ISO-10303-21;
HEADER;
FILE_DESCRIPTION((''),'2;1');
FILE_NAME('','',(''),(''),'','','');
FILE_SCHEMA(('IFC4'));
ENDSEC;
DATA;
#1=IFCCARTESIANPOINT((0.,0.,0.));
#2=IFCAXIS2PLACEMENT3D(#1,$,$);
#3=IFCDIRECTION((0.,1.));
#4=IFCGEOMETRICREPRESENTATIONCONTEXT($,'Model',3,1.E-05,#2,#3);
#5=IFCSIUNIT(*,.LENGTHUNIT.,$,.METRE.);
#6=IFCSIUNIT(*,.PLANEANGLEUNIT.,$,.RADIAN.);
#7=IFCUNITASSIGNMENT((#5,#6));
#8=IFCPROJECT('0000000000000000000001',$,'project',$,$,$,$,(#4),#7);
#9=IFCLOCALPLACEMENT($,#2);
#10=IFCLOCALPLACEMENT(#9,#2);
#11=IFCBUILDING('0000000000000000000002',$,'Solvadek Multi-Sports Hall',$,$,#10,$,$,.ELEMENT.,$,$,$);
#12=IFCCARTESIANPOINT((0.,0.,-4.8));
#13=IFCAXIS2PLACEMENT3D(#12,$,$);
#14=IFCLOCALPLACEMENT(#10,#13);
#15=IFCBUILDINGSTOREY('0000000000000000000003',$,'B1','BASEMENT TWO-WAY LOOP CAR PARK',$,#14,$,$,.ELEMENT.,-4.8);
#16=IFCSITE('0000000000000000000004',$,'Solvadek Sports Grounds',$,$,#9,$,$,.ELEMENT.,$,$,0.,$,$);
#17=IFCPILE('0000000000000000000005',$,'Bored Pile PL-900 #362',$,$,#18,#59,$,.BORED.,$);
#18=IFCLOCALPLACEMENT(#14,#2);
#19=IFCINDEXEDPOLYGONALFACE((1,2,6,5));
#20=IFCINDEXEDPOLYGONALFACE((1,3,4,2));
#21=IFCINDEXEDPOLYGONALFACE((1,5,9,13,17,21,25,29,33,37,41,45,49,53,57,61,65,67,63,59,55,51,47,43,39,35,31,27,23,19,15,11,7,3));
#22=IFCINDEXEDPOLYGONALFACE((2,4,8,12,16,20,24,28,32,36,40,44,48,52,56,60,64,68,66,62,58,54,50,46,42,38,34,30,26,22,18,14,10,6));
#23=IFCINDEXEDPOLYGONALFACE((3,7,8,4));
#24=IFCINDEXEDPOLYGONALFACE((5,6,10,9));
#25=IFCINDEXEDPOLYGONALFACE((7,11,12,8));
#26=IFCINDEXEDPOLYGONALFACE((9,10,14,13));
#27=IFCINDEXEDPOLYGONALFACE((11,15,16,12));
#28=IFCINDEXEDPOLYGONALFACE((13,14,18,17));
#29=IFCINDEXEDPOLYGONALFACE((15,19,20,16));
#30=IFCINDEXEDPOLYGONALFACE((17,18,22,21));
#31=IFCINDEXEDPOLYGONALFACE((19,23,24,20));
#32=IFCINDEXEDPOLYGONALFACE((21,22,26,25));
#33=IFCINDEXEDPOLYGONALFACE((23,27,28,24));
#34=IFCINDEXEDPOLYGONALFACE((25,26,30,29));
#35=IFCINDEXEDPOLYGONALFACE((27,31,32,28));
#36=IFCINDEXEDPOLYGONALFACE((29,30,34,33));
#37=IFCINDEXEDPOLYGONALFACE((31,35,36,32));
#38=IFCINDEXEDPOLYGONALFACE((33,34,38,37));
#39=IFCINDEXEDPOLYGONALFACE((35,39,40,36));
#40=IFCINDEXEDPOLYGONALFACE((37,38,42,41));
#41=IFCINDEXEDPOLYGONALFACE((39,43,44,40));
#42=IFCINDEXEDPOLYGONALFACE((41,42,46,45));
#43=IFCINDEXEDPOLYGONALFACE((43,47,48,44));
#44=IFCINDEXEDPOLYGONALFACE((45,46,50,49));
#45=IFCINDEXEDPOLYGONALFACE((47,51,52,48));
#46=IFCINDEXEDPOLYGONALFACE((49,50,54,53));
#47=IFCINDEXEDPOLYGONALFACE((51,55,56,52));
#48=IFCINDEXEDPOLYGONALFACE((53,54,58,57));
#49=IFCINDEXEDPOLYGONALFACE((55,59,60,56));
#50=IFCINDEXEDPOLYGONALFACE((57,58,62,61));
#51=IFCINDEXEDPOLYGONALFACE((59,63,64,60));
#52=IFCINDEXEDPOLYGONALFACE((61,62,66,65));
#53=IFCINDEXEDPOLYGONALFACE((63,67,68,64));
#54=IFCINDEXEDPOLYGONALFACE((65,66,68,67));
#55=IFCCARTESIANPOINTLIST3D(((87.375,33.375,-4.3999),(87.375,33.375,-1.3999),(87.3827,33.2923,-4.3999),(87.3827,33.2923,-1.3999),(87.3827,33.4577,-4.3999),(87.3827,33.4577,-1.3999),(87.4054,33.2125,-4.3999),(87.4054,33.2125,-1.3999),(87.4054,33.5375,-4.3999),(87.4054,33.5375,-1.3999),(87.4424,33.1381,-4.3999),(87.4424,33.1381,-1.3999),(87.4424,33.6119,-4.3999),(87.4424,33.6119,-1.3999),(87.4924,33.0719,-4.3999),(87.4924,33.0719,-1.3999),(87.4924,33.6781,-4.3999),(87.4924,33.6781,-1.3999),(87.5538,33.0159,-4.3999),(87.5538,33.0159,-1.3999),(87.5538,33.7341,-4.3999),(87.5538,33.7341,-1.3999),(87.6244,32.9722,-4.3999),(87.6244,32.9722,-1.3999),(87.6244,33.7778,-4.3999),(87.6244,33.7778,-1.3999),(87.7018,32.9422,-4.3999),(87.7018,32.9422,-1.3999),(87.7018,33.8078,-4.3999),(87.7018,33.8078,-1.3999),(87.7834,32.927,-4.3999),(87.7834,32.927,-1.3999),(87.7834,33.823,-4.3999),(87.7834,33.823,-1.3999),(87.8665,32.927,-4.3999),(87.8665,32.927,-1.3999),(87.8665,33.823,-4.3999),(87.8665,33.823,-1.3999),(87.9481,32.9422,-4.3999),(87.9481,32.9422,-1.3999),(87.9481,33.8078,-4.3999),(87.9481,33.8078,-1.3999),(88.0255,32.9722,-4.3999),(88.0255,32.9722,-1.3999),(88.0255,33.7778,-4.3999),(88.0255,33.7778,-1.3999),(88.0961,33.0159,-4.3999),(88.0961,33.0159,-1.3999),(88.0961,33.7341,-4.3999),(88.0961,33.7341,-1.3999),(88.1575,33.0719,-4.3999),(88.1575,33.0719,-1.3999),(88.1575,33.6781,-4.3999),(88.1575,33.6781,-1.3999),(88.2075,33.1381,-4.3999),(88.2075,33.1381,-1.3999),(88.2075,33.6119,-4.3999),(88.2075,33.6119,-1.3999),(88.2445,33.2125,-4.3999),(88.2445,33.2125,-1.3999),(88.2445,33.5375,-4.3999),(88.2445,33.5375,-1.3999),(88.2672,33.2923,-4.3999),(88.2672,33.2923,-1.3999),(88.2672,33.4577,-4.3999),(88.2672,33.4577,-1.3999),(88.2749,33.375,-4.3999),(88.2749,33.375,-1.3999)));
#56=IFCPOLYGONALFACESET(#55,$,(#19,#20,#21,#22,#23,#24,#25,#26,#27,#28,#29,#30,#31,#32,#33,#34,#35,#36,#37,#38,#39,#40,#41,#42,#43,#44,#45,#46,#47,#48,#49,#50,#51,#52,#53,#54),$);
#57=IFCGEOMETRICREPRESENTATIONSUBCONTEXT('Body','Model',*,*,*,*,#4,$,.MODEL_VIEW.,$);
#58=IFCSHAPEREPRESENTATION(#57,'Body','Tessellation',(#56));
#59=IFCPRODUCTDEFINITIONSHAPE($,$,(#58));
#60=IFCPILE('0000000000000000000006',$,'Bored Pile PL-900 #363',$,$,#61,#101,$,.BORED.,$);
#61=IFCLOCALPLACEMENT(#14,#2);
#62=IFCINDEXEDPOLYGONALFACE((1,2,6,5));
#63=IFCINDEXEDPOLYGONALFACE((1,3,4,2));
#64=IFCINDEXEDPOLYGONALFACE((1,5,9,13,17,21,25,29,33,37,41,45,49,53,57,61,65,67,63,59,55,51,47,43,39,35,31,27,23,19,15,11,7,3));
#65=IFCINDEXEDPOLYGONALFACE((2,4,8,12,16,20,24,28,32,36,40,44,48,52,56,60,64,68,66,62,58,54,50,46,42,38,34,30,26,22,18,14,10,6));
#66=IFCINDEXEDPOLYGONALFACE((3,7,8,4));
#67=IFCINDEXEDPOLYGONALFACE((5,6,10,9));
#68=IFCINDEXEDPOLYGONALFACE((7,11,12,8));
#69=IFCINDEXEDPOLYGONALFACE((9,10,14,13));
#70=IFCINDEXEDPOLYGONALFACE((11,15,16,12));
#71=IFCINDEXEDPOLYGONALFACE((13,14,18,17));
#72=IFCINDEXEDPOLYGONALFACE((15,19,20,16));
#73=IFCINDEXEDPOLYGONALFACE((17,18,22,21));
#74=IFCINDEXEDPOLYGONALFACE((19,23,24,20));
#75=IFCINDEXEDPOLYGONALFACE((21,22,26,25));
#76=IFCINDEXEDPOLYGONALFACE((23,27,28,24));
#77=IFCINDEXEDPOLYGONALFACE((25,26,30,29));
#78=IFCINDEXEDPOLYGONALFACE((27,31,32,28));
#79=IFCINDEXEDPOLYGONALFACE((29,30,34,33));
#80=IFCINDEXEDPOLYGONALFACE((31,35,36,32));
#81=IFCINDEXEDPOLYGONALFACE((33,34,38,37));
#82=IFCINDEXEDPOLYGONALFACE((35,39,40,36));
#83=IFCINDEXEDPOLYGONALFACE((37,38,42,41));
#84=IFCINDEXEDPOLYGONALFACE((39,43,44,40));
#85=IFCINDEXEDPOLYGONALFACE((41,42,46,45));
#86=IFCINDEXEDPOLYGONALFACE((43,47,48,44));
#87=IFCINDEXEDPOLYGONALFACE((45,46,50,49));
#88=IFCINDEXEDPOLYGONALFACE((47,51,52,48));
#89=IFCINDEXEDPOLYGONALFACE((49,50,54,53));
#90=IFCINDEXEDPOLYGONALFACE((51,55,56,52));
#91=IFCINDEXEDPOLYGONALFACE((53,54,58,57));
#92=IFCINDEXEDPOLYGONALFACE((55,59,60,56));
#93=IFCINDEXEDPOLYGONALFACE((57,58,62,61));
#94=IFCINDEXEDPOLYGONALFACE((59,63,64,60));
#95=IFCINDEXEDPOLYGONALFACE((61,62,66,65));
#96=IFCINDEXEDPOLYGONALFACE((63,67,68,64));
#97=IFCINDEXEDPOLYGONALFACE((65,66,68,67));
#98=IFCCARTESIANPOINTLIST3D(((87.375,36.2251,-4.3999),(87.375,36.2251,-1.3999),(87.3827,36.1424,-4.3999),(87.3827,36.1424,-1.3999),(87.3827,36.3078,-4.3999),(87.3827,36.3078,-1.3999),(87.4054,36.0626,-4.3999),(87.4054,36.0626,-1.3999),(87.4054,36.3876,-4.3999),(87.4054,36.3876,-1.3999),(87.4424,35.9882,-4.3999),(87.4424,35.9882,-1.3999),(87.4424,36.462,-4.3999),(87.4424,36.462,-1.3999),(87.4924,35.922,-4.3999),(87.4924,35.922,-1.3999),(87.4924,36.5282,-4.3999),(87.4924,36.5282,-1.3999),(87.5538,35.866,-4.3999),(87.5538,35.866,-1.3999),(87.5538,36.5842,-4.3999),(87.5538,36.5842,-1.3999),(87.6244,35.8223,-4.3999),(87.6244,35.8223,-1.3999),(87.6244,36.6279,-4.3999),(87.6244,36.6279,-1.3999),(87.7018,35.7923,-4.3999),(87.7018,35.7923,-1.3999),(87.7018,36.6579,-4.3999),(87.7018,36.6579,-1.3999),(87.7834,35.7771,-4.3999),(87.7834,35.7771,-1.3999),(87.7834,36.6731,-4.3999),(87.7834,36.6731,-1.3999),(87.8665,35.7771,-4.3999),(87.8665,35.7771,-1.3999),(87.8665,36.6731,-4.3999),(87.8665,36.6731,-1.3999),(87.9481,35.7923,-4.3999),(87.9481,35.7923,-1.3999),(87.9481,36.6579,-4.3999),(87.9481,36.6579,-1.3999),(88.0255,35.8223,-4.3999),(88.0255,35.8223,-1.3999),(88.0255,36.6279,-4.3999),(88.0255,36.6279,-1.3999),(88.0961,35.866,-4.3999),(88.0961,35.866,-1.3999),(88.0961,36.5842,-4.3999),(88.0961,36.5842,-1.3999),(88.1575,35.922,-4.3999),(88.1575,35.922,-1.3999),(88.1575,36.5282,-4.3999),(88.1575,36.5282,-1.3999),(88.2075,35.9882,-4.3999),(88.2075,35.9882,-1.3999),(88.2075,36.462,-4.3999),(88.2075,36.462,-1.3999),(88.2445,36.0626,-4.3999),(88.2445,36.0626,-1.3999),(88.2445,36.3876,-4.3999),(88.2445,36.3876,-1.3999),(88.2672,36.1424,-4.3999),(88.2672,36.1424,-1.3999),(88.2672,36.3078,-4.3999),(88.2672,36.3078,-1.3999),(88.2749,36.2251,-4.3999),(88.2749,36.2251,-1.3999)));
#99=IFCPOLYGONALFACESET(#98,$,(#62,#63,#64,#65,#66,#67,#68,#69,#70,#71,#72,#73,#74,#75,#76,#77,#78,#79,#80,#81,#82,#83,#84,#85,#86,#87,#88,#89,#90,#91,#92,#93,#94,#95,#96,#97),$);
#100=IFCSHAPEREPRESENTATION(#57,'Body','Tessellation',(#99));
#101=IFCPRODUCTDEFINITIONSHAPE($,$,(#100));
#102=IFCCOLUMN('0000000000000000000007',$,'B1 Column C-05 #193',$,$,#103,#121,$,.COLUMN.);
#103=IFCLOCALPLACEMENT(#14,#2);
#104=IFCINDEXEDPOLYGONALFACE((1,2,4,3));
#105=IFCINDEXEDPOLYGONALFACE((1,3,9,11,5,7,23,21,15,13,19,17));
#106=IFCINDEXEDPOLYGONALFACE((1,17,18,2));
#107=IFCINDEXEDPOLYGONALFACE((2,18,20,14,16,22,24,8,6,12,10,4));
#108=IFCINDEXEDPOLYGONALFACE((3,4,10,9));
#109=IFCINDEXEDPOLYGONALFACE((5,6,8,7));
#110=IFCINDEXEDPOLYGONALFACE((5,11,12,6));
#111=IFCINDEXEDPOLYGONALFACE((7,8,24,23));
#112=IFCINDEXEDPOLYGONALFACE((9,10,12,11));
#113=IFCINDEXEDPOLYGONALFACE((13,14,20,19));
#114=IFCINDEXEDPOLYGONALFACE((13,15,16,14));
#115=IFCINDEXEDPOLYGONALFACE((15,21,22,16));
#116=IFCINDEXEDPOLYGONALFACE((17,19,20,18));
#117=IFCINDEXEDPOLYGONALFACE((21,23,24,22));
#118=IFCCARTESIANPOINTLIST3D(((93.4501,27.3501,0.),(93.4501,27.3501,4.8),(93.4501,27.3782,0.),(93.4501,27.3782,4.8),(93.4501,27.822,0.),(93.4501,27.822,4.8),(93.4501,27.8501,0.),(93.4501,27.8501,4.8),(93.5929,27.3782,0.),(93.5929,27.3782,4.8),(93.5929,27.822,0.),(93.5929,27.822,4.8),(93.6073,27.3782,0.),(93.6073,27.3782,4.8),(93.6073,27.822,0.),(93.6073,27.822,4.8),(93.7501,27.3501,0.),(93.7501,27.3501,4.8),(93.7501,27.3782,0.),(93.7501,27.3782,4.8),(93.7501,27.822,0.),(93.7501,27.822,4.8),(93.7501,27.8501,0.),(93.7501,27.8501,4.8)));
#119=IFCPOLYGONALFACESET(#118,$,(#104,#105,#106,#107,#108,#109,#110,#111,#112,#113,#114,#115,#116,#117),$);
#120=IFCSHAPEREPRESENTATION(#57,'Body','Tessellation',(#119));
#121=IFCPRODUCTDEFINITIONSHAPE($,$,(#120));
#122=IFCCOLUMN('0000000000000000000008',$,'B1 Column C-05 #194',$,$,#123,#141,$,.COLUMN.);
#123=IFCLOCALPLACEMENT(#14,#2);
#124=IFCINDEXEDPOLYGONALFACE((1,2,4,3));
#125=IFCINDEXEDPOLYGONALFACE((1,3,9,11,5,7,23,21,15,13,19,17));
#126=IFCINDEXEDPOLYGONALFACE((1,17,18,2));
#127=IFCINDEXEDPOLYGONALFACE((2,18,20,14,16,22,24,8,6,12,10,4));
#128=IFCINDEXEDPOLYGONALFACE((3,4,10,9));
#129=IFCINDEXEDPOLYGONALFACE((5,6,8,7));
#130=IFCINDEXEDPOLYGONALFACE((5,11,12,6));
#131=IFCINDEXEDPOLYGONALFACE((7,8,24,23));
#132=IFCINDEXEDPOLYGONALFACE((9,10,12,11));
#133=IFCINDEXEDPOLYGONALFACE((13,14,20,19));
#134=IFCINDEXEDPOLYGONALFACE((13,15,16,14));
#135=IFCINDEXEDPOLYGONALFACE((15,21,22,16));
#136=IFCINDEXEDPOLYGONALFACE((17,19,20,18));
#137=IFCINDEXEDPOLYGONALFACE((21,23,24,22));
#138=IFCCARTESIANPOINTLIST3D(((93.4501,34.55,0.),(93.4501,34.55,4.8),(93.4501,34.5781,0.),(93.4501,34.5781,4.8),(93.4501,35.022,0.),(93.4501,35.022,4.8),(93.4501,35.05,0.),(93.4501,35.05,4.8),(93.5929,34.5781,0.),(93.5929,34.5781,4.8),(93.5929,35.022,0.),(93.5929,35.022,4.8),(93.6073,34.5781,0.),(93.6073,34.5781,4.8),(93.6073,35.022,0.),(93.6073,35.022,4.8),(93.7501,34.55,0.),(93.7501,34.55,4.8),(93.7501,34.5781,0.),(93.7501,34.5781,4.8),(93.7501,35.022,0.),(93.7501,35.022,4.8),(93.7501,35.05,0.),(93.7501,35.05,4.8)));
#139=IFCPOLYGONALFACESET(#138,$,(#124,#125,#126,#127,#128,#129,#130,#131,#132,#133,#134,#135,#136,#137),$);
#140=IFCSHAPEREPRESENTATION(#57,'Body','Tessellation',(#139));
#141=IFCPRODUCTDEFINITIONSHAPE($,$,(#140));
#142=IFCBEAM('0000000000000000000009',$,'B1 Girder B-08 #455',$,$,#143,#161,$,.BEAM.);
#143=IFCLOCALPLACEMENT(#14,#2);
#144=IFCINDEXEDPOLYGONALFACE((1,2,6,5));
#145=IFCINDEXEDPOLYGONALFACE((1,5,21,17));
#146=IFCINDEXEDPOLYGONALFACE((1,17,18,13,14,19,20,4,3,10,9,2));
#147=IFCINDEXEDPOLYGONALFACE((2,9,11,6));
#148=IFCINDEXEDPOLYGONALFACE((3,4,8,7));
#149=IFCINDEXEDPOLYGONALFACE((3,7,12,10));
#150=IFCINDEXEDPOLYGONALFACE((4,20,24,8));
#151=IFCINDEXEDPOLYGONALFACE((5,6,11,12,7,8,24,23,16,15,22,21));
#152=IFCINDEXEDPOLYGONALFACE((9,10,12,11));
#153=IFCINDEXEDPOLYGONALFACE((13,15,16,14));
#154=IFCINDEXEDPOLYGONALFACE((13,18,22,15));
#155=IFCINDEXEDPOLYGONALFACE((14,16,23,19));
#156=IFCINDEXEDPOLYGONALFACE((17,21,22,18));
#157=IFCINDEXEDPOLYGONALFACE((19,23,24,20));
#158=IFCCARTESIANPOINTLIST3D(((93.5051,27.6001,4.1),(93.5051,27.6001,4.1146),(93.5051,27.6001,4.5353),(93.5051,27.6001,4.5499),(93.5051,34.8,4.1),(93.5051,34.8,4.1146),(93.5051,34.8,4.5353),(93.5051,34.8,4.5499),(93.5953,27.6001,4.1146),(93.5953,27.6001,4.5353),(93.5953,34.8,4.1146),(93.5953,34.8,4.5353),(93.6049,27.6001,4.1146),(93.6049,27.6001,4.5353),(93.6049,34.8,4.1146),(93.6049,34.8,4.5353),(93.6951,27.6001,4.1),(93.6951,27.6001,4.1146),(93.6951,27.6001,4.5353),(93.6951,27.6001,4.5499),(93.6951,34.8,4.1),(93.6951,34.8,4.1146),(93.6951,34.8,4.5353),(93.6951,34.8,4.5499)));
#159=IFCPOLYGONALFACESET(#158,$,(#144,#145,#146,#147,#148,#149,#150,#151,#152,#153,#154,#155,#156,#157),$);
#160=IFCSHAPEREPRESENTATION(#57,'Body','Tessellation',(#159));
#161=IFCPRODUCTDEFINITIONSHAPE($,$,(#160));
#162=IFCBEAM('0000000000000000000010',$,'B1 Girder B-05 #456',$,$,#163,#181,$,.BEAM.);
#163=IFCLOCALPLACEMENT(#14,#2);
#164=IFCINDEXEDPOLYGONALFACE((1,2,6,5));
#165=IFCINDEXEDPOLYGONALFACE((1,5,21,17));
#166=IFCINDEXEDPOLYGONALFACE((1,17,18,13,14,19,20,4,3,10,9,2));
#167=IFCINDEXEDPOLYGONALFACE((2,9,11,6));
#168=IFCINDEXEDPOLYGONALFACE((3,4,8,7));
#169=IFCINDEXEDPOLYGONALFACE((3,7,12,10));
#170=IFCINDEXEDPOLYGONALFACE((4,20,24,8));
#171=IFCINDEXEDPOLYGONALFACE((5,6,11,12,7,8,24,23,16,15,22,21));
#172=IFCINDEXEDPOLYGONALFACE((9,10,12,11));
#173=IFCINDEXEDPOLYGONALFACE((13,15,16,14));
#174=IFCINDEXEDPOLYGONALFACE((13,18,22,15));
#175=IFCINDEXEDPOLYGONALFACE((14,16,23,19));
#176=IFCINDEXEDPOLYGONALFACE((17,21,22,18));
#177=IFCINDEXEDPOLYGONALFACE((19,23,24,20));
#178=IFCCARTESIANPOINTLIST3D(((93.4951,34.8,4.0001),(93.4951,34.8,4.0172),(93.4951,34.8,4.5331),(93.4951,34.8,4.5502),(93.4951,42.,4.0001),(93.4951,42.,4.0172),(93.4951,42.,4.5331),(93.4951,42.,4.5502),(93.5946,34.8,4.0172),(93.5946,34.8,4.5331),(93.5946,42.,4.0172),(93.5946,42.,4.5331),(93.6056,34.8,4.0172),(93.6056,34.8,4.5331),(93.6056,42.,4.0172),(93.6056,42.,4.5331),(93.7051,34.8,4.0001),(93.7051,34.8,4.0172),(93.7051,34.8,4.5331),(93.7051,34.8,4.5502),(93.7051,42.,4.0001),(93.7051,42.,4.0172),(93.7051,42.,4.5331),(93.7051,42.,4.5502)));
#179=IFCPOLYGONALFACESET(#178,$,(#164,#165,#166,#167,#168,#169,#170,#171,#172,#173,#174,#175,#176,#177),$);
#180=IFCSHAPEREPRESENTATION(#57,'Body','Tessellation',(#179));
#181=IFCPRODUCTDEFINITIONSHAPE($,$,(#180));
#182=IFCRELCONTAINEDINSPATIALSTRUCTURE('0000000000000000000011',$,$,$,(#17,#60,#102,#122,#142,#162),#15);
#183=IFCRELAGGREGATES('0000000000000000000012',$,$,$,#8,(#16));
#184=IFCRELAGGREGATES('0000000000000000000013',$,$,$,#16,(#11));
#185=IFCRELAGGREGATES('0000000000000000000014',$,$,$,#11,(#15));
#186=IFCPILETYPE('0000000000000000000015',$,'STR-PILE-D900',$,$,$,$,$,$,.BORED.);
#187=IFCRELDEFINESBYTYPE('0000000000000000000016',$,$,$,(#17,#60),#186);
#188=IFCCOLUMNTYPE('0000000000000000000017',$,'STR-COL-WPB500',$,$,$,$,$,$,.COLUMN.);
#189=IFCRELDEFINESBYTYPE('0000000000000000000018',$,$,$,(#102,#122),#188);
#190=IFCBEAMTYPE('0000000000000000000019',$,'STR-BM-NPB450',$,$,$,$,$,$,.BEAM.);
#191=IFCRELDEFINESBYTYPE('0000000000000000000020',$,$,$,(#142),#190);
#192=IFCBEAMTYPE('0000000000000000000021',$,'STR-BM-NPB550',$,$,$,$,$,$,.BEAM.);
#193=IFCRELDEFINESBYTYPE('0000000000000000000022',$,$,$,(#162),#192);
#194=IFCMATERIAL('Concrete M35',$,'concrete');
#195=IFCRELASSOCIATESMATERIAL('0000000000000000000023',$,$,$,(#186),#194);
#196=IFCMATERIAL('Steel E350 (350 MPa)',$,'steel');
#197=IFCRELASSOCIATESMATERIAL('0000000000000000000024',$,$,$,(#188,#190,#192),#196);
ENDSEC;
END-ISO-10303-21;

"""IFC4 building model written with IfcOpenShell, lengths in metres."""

from ifc_helpers import new_model, si_unit, direction, frame, origin, origin_2d, place, context, subcontext, project, spatial, circle, i_section, extrude, material, material_profile, profile_set, type_object, element, save


model = new_model("IFC4")

# Units and contexts
model_context = context("Model", 3, precision=1e-05, world=origin(), true_north=direction((0.0, 1.0)))
body_context = subcontext(model_context, "Body", "Model", "MODEL_VIEW")
ifc_project = project(units=[si_unit("LENGTHUNIT", "METRE"), si_unit("PLANEANGLEUNIT", "RADIAN")], contexts=[model_context])

# Site, building, storey
site_placement = place(None, origin())
site = spatial("IfcSite", under=ifc_project, at=site_placement, Name="Solvadek Sports Grounds", CompositionType="ELEMENT", RefElevation=0.0)
building_placement = place(site_placement, origin())
building = spatial("IfcBuilding", under=site, at=building_placement, Name="Solvadek Multi-Sports Hall", CompositionType="ELEMENT")
storey_placement = place(building_placement, frame((0.0, 0.0, -4.8)))
storey = spatial("IfcBuildingStorey", under=building, at=storey_placement, Name="B1", Description="BASEMENT TWO-WAY LOOP CAR PARK", CompositionType="ELEMENT", Elevation=-4.8)

# Piles
ifc_material_1 = material(Name="Concrete M35", Category="concrete")
ifc_material_profile_1 = material_profile(ifc_material_1, circle(Radius=0.45, at=origin_2d()), Name="BORED PILE D900")
ifc_profile_set_1 = profile_set([ifc_material_profile_1], Name="Concrete M35")
pile_type_1 = type_object("IfcPileType", Name="STR-PILE-D900", PredefinedType="BORED", material=ifc_profile_set_1)
for number, where, z_axis, x_axis, name in (
    (1, (87.825, 33.375, -1.3999), (0.0, 0.0, -1.0), (1.0, 0.0, 0.0), "Bored Pile PL-900 #362"),
    (2, (87.825, 36.2251, -1.3999), (0.0, 0.0, -1.0), (1.0, 0.0, 0.0), "Bored Pile PL-900 #363"),
):
    element("IfcPile", number, at=place(storey_placement, frame(where, z_axis=z_axis, x_axis=x_axis)), inside=storey, type_object=pile_type_1, Name=name, PredefinedType="BORED", context=body_context, shape_type="SweptSolid", body=[
        extrude(circle(Radius=0.45, at=origin_2d()), origin(), (0.0, 0.0, 1.0), 3.0),
    ])

# Columns
ifc_material_2 = material(Name="Steel E350 (350 MPa)", Category="steel")
ifc_material_profile_2 = material_profile(ifc_material_2, i_section(OverallWidth=0.3, OverallDepth=0.5, WebThickness=0.0144, FlangeThickness=0.0281, at=origin_2d()), Name="WPB 500")
ifc_profile_set_2 = profile_set([ifc_material_profile_2], Name="Steel E350 (350 MPa)")
column_type = type_object("IfcColumnType", Name="STR-COL-WPB500", PredefinedType="COLUMN", material=ifc_profile_set_2)
for number, where, z_axis, x_axis, name in (
    (3, (93.6001, 27.6001, 0.0), (0.0, 0.0, 1.0), (1.0, 0.0, 0.0), "B1 Column C-05 #193"),
    (4, (93.6001, 34.8, 0.0), (0.0, 0.0, 1.0), (1.0, 0.0, 0.0), "B1 Column C-05 #194"),
):
    element("IfcColumn", number, at=place(storey_placement, frame(where, z_axis=z_axis, x_axis=x_axis)), inside=storey, type_object=column_type, Name=name, PredefinedType="COLUMN", context=body_context, shape_type="SweptSolid", body=[
        extrude(i_section(OverallWidth=0.3, OverallDepth=0.5, WebThickness=0.0144, FlangeThickness=0.0281, at=origin_2d()), origin(), (0.0, 0.0, 1.0), 4.8),
    ])

# Beams
ifc_material_profile_3 = material_profile(ifc_material_2, i_section(OverallWidth=0.1899, OverallDepth=0.45, WebThickness=0.0095, FlangeThickness=0.0146, at=origin_2d()), Name="NPB 450")
ifc_profile_set_3 = profile_set([ifc_material_profile_3], Name="Steel E350 (350 MPa)")
beam_type_1 = type_object("IfcBeamType", Name="STR-BM-NPB450", PredefinedType="BEAM", material=ifc_profile_set_3)
beam_1_placement = place(storey_placement, frame((93.6001, 27.6001, 4.325), z_axis=(0.0, 1.0, 0.0), x_axis=(-1.0, 0.0, 0.0)))
element("IfcBeam", 5, at=beam_1_placement, inside=storey, type_object=beam_type_1, Name="B1 Girder B-08 #455", PredefinedType="BEAM", context=body_context, shape_type="SweptSolid", body=[
    extrude(i_section(OverallWidth=0.1899, OverallDepth=0.45, WebThickness=0.0095, FlangeThickness=0.0146, at=origin_2d()), origin(), (0.0, 0.0, 1.0), 7.2),
])
ifc_material_profile_4 = material_profile(ifc_material_2, i_section(OverallWidth=0.21, OverallDepth=0.55, WebThickness=0.011, FlangeThickness=0.0171, at=origin_2d()), Name="NPB 550")
ifc_profile_set_4 = profile_set([ifc_material_profile_4], Name="Steel E350 (350 MPa)")
beam_type_2 = type_object("IfcBeamType", Name="STR-BM-NPB550", PredefinedType="BEAM", material=ifc_profile_set_4)
beam_2_placement = place(storey_placement, frame((93.6001, 34.8, 4.2751), z_axis=(0.0, 1.0, 0.0), x_axis=(-1.0, 0.0, 0.0)))
element("IfcBeam", 6, at=beam_2_placement, inside=storey, type_object=beam_type_2, Name="B1 Girder B-05 #456", PredefinedType="BEAM", context=body_context, shape_type="SweptSolid", body=[
    extrude(i_section(OverallWidth=0.21, OverallDepth=0.55, WebThickness=0.011, FlangeThickness=0.0171, at=origin_2d()), origin(), (0.0, 0.0, 1.0), 7.2),
])

save(model, "model.ifc")
